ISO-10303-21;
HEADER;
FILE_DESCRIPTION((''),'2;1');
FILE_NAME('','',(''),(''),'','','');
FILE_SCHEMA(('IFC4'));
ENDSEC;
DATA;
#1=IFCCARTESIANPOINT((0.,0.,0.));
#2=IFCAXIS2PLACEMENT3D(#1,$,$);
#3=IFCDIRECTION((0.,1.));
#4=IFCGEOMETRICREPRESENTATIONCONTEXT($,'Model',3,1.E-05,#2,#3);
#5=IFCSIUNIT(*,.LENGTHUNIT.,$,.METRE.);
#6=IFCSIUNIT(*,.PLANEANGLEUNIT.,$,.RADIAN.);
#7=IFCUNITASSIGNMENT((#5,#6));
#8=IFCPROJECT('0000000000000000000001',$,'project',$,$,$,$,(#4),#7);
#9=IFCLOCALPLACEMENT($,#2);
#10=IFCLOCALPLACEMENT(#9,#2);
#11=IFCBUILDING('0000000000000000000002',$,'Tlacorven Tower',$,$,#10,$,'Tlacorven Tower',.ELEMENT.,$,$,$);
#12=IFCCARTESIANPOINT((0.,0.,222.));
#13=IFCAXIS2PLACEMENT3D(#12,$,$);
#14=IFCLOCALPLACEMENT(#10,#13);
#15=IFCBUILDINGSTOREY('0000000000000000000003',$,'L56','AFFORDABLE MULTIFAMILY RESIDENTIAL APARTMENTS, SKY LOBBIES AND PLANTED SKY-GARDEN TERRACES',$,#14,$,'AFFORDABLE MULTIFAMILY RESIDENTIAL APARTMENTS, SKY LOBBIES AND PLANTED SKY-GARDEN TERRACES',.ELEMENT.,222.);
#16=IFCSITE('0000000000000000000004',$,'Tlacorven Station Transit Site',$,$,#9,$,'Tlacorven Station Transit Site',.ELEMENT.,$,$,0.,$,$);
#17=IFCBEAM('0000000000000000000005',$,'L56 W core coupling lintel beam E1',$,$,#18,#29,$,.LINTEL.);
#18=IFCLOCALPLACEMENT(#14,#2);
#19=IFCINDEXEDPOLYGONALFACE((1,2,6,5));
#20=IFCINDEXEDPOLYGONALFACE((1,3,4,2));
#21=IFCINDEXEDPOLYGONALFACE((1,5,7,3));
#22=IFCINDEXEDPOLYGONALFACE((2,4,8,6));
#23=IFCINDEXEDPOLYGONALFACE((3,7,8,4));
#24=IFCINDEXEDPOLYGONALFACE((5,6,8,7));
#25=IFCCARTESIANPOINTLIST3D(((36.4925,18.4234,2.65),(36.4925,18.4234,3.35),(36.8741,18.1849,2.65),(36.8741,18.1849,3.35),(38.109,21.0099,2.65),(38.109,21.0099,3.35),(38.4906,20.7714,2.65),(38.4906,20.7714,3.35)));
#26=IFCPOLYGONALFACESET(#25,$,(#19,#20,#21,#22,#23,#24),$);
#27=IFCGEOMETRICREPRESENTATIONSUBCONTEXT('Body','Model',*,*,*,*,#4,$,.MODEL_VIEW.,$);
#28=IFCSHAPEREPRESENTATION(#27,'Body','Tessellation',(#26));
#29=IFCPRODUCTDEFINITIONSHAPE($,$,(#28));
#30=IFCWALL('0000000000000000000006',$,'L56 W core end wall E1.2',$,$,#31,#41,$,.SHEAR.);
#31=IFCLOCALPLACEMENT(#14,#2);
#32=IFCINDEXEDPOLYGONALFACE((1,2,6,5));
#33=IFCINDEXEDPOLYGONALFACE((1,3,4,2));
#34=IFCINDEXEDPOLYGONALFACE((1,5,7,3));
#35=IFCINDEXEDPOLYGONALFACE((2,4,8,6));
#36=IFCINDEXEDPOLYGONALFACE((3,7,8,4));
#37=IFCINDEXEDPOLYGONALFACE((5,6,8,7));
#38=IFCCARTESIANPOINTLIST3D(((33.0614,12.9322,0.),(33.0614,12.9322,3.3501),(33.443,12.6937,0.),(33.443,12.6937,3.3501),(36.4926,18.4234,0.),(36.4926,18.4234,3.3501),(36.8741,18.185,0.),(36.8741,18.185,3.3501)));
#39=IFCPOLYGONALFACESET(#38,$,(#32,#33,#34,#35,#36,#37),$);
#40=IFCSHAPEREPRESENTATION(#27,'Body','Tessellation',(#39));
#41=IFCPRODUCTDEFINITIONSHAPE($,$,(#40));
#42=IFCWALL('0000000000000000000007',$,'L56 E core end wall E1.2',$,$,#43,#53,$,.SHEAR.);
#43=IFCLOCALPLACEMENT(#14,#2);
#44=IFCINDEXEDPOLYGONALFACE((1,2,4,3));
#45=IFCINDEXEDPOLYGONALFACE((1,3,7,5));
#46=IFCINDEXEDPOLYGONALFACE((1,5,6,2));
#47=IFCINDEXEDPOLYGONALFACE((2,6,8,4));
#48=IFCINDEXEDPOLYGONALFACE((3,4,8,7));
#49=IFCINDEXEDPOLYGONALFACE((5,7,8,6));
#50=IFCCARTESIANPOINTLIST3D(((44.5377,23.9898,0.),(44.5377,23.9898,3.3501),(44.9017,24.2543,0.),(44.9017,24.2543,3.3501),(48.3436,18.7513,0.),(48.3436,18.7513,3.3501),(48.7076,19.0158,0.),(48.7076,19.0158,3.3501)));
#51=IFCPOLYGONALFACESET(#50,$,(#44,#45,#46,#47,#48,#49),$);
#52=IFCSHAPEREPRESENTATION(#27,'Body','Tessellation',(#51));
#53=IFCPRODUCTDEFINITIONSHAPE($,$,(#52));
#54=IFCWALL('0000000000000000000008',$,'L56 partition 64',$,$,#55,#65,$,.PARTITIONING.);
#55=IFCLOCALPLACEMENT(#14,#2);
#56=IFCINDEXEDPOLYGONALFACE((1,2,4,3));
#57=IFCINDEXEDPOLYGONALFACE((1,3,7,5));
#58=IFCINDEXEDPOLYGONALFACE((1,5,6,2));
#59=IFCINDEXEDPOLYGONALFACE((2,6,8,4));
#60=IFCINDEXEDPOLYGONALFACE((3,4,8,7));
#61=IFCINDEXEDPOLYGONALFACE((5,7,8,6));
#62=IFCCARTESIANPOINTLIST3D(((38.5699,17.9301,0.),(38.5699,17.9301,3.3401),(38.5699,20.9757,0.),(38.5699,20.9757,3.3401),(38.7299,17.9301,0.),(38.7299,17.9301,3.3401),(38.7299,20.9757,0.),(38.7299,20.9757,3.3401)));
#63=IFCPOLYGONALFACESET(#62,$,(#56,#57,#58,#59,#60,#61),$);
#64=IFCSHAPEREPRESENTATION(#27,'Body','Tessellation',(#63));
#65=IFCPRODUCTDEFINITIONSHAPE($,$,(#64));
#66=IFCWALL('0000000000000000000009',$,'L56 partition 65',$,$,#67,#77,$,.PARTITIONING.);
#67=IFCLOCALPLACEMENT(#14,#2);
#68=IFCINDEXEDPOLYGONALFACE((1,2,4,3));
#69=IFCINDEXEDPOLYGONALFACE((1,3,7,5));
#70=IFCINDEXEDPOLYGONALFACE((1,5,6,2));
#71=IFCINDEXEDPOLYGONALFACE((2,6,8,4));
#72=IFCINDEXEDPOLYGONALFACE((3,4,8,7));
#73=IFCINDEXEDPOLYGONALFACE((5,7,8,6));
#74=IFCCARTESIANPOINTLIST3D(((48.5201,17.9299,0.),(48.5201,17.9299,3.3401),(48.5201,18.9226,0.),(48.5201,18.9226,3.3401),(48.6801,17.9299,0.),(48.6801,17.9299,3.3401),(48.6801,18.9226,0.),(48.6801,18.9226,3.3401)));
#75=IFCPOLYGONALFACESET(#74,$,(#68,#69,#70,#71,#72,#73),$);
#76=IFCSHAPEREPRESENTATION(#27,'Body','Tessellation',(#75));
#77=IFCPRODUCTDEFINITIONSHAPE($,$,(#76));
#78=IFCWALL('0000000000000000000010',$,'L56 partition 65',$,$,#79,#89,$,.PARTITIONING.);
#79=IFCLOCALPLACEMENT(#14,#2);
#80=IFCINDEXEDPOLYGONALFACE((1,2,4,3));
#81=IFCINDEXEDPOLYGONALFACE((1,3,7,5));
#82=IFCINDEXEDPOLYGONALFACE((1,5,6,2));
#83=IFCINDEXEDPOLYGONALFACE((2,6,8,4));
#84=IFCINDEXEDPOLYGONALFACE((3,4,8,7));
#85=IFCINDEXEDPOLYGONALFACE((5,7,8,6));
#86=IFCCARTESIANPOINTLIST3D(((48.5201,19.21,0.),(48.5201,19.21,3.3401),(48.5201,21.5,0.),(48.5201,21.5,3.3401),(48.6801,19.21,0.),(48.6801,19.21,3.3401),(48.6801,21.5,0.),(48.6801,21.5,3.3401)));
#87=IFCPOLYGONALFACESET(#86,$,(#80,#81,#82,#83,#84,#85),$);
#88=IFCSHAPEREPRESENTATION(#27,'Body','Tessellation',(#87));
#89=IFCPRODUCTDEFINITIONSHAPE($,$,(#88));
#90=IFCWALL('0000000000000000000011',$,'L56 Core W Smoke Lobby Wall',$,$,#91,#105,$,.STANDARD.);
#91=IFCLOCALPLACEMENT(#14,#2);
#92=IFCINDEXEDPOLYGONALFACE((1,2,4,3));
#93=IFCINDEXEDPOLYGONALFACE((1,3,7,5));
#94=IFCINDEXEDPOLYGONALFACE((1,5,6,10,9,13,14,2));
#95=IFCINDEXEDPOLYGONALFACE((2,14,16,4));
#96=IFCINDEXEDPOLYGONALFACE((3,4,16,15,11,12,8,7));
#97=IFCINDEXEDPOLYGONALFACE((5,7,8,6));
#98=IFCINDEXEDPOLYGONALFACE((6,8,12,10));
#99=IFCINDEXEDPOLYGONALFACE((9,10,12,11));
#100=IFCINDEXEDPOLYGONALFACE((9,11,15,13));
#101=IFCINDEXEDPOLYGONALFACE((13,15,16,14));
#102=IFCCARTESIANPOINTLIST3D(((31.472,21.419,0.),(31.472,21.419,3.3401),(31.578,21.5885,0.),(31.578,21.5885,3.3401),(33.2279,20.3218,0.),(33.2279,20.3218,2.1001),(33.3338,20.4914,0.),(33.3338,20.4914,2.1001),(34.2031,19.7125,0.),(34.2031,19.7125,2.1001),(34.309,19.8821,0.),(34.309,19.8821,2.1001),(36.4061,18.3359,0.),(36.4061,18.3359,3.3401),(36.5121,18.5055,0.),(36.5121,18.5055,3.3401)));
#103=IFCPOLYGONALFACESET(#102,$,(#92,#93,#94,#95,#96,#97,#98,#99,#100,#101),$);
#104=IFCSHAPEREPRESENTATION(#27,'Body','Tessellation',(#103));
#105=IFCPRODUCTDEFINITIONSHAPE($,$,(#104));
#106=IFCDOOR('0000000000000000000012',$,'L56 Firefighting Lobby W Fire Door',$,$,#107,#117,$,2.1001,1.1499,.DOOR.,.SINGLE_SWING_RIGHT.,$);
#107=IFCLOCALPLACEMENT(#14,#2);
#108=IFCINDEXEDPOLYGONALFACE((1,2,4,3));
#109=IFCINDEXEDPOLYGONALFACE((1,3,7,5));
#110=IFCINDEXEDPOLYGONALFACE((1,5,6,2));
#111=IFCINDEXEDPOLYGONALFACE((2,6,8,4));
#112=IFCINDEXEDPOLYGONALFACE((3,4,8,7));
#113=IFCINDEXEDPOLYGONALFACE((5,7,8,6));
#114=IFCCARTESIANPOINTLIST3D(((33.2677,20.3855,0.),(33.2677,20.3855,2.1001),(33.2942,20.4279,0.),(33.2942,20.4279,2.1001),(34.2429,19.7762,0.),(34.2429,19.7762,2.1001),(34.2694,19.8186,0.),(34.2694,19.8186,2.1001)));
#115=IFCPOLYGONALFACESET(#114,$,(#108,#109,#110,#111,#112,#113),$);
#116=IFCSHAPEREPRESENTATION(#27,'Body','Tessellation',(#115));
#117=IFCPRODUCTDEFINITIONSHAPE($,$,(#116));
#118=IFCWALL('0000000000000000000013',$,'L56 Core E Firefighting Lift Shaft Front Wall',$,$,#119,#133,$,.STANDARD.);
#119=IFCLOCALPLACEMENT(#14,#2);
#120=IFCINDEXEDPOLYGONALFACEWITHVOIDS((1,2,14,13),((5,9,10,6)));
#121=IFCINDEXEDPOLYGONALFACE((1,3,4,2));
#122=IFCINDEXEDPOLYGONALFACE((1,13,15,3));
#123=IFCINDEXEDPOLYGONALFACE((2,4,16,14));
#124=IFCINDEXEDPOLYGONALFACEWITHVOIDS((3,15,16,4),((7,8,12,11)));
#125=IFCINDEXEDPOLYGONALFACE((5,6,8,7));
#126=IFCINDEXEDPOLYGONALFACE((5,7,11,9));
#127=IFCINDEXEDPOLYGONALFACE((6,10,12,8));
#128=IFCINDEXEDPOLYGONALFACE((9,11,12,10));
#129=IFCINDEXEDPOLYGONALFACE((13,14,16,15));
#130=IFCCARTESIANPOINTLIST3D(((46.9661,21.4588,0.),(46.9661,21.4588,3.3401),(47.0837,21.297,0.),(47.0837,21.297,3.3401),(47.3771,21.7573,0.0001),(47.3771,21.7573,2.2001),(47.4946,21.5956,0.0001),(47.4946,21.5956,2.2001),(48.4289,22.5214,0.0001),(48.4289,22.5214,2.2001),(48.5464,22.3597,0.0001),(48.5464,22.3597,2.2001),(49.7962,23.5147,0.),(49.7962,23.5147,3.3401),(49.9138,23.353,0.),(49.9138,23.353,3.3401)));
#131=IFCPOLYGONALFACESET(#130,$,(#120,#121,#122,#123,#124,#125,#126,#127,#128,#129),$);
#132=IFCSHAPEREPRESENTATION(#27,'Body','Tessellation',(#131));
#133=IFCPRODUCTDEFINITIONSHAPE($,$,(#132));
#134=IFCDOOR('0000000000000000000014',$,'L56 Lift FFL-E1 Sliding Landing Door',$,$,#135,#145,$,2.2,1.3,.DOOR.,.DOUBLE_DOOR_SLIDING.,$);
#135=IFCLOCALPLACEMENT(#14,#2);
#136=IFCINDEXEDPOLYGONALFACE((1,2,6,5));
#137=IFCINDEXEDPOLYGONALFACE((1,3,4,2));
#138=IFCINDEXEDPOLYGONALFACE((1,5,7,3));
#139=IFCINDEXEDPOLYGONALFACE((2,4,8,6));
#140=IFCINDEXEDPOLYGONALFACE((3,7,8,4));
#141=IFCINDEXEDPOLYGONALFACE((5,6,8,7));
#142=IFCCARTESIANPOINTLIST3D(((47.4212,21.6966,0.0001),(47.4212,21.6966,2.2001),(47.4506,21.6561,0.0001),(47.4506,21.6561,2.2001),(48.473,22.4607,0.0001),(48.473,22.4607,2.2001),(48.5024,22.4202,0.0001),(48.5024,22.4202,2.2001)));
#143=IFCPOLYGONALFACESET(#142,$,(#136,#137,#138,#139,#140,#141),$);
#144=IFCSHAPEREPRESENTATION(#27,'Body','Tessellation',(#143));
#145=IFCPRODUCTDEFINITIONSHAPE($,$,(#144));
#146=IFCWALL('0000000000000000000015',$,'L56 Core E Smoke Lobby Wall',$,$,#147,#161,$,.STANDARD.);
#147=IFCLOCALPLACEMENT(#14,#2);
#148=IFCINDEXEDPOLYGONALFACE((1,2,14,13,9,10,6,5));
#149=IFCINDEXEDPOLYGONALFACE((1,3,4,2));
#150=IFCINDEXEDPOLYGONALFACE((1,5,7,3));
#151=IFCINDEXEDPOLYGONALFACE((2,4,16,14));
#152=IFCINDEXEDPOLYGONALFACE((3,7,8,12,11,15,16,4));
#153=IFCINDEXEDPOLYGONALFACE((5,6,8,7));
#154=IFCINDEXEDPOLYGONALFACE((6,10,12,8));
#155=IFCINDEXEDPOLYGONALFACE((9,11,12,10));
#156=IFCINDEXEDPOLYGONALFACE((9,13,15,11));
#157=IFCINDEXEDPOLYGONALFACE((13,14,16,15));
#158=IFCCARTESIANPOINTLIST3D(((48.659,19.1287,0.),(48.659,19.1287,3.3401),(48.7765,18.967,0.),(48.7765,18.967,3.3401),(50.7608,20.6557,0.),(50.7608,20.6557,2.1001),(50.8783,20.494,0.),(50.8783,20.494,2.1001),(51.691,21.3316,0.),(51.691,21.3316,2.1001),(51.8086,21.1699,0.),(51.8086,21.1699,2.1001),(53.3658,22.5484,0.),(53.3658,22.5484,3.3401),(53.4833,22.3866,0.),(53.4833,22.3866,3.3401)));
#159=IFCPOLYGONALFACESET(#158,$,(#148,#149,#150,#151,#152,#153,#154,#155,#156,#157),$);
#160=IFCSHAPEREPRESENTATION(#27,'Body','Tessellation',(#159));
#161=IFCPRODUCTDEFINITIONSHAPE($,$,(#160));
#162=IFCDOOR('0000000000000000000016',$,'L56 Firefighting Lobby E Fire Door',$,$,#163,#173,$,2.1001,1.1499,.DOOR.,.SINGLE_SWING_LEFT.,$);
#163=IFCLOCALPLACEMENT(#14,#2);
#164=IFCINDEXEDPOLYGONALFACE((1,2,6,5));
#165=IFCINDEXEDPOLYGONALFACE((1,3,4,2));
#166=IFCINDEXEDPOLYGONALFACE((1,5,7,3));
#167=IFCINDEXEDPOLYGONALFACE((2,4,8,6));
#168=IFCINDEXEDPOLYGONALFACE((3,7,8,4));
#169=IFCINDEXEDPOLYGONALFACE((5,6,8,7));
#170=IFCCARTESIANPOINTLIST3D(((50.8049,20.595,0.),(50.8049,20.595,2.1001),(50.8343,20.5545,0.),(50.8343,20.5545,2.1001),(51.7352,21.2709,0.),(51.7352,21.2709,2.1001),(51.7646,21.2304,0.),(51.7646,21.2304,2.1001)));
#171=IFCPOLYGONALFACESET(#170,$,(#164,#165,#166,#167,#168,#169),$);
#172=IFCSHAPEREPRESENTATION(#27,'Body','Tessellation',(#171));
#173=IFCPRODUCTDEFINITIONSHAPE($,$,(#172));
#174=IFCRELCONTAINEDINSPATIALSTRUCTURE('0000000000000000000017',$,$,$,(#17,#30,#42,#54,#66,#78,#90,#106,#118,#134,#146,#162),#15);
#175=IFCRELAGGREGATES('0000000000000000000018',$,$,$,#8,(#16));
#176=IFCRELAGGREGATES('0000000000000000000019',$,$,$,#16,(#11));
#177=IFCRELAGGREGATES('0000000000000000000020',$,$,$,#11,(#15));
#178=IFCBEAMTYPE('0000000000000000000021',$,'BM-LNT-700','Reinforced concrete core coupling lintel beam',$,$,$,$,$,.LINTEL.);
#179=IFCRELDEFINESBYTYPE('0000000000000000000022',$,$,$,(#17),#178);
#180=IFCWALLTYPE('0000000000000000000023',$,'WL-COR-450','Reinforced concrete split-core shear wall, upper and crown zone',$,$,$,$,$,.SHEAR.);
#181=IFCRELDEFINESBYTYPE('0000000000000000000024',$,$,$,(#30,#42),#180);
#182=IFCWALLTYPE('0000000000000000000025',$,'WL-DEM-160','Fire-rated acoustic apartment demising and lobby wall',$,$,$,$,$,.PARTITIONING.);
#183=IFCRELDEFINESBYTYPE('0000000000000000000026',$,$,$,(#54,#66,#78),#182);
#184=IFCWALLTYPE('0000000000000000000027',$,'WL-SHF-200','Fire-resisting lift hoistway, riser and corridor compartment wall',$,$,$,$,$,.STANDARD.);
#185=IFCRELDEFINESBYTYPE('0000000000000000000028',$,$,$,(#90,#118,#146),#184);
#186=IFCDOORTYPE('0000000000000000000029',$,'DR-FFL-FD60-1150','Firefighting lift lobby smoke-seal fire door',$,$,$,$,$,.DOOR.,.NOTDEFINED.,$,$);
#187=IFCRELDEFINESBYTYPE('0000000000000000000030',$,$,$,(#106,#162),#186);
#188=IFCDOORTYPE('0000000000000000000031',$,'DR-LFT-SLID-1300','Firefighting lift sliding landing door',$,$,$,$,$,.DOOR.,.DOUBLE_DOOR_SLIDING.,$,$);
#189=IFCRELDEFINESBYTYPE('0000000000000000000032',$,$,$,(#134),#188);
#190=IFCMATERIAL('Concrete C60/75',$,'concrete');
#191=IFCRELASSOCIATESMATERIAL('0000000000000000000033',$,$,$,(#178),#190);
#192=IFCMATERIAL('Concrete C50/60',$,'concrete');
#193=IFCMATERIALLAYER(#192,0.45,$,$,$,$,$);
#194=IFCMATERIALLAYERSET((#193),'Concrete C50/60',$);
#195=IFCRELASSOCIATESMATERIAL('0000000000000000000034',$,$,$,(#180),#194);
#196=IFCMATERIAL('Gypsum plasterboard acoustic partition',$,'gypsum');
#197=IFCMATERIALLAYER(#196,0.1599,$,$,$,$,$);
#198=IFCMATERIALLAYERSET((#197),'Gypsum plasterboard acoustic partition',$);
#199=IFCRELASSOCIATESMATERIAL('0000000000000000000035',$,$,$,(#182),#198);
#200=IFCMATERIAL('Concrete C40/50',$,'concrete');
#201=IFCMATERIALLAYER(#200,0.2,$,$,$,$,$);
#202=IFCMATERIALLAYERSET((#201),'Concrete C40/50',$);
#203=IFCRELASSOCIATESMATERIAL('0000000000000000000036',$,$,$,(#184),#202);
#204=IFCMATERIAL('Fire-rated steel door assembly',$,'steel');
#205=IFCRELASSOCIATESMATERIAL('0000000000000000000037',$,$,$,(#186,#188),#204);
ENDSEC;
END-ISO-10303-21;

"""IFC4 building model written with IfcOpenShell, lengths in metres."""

from ifc_helpers import new_model, si_unit, direction, frame, frame_2d, origin, origin_2d, place, context, subcontext, project, spatial, rectangle, extrude, source, transform, mapped, material, layer, layer_set, material_profile, profile_set, type_object, element, fill, save


model = new_model("IFC4")

# Units and contexts
model_context = context("Model", 3, precision=1e-05, world=origin(), true_north=direction((0.0, 1.0)))
body_context = subcontext(model_context, "Body", "Model", "MODEL_VIEW")
ifc_project = project(units=[si_unit("LENGTHUNIT", "METRE"), si_unit("PLANEANGLEUNIT", "RADIAN")], contexts=[model_context])

# Site, building, storey
site_placement = place(None, origin())
site = spatial("IfcSite", under=ifc_project, at=site_placement, Name="Tlacorven Station Transit Site", LongName="Tlacorven Station Transit Site", CompositionType="ELEMENT", RefElevation=0.0)
building_placement = place(site_placement, origin())
building = spatial("IfcBuilding", under=site, at=building_placement, Name="Tlacorven Tower", LongName="Tlacorven Tower", CompositionType="ELEMENT")
storey_placement = place(building_placement, frame((0.0, 0.0, 222.0)))
storey = spatial("IfcBuildingStorey", under=building, at=storey_placement, Name="L56", Description="AFFORDABLE MULTIFAMILY RESIDENTIAL APARTMENTS, SKY LOBBIES AND PLANTED SKY-GARDEN TERRACES", LongName="AFFORDABLE MULTIFAMILY RESIDENTIAL APARTMENTS, SKY LOBBIES AND PLANTED SKY-GARDEN TERRACES", CompositionType="ELEMENT", Elevation=222.0)

# Beam
ifc_material_1 = material(Name="Concrete C60/75", Category="concrete")
ifc_material_profile = material_profile(ifc_material_1, rectangle(XDim=0.45, YDim=0.7, at=origin_2d()), Name="RC 450X700")
ifc_profile_set = profile_set([ifc_material_profile], Name="Concrete C60/75")
beam_type = type_object("IfcBeamType", Name="BM-LNT-700", Description="Reinforced concrete core coupling lintel beam", PredefinedType="LINTEL", material=ifc_profile_set)
shared_shape_1 = source(origin(), body_context, "Body", "SweptSolid", [
    extrude(rectangle(XDim=0.45, YDim=0.7, at=origin_2d()), origin(), (0.0, 0.0, 1.0), 3.05),
])
beam_placement = place(storey_placement, frame((38.2998, 20.8906, 3.0), z_axis=(-0.529985, -0.848007, 0.0), x_axis=(0.848007, -0.529985, 0.0)))
element("IfcBeam", 1, at=beam_placement, inside=storey, type_object=beam_type, Name="L56 W core coupling lintel beam E1", PredefinedType="LINTEL", context=body_context, shape_type="MappedRepresentation", body=[
    mapped(shared_shape_1, transform((0.0, 0.0, 0.0), scale=1.0)),
])

# Walls
ifc_material_2 = material(Name="Concrete C50/60", Category="concrete")
ifc_layer_1 = layer(ifc_material_2, 0.45)
ifc_layer_set_1 = layer_set([ifc_layer_1], Name="Concrete C50/60")
wall_type_1 = type_object("IfcWallType", Name="WL-COR-450", Description="Reinforced concrete split-core shear wall, upper and crown zone", PredefinedType="SHEAR", material=ifc_layer_set_1)
for number, where, z_axis, x_axis, name in (
    (2, (36.6833, 18.3042, 0.0), (0.0, 0.0, 1.0), (-0.529904, -0.848058, 0.0), "L56 W core end wall E1.2"),
    (3, (48.5256, 18.8835, 0.0), (0.0, 0.0, 1.0), (-0.587775, 0.809025, 0.0), "L56 E core end wall E1.2"),
):
    element("IfcWall", number, at=place(storey_placement, frame(where, z_axis=z_axis, x_axis=x_axis)), inside=storey, type_object=wall_type_1, Name=name, PredefinedType="SHEAR", context=body_context, shape_type="SweptSolid", body=[
        extrude(rectangle(XDim=6.4751, YDim=0.45, at=frame_2d((3.2375, 0.0))), origin(), (0.0, 0.0, 1.0), 3.3501),
    ])
ifc_material_3 = material(Name="Gypsum plasterboard acoustic partition", Category="gypsum")
ifc_layer_2 = layer(ifc_material_3, 0.1599)
ifc_layer_set_2 = layer_set([ifc_layer_2], Name="Gypsum plasterboard acoustic partition")
wall_type_2 = type_object("IfcWallType", Name="WL-DEM-160", Description="Fire-rated acoustic apartment demising and lobby wall", PredefinedType="PARTITIONING", material=ifc_layer_set_2)
wall_1_placement = place(storey_placement, frame((38.6499, 17.9299, 0.0), z_axis=(0.0, 0.0, 1.0), x_axis=(0.0, 1.0, 0.0)))
element("IfcWall", 4, at=wall_1_placement, inside=storey, type_object=wall_type_2, Name="L56 partition 64", PredefinedType="PARTITIONING", context=body_context, shape_type="SweptSolid", body=[
    extrude(rectangle(XDim=3.0457, YDim=0.1599, at=frame_2d((1.5229, 0.0))), origin(), (0.0, 0.0, 1.0), 3.3401),
])
wall_2_placement = place(storey_placement, frame((48.6001, 17.9299, 0.0), z_axis=(0.0, 0.0, 1.0), x_axis=(0.0, 1.0, 0.0)))
element("IfcWall", 5, at=wall_2_placement, inside=storey, type_object=wall_type_2, Name="L56 partition 65", PredefinedType="PARTITIONING", context=body_context, shape_type="SweptSolid", body=[
    extrude(rectangle(XDim=0.9927, YDim=0.1599, at=frame_2d((0.4963, 0.0))), origin(), (0.0, 0.0, 1.0), 3.3401),
])
wall_3_placement = place(storey_placement, frame((48.6001, 19.21, 0.0), z_axis=(0.0, 0.0, 1.0), x_axis=(0.0, 1.0, 0.0)))
element("IfcWall", 6, at=wall_3_placement, inside=storey, type_object=wall_type_2, Name="L56 partition 65", PredefinedType="PARTITIONING", context=body_context, shape_type="SweptSolid", body=[
    extrude(rectangle(XDim=2.29, YDim=0.1599, at=frame_2d((1.145, 0.0))), origin(), (0.0, 0.0, 1.0), 3.3401),
])

# Walls, openings, doors
ifc_material_4 = material(Name="Concrete C40/50", Category="concrete")
ifc_layer_3 = layer(ifc_material_4, 0.2)
ifc_layer_set_3 = layer_set([ifc_layer_3], Name="Concrete C40/50")
wall_type_3 = type_object("IfcWallType", Name="WL-SHF-200", Description="Fire-resisting lift hoistway, riser and corridor compartment wall", PredefinedType="STANDARD", material=ifc_layer_set_3)
wall_4_placement = place(storey_placement, frame((36.4592, 18.4207, 0.0), z_axis=(0.0, 0.0, 1.0), x_axis=(-0.84806, 0.529901, 0.0)))
wall_4 = element("IfcWall", 7, at=wall_4_placement, inside=storey, type_object=wall_type_3, Name="L56 Core W Smoke Lobby Wall", PredefinedType="STANDARD", context=body_context, shape_type="SweptSolid", body=[
    extrude(rectangle(XDim=5.8181, YDim=0.2, at=frame_2d((2.9092, 0.0))), origin(), (0.0, 0.0, 1.0), 3.3401),
])
opening_1_placement = place(wall_4_placement, frame((2.5979, 0.0, 0.0)))
opening_1 = element("IfcOpeningElement", 8, at=opening_1_placement, cuts=wall_4, PredefinedType="OPENING", context=body_context, shape_type="SweptSolid", body=[
    extrude(rectangle(XDim=1.1499, YDim=2.1001, at=frame_2d((0.575, 1.05))), frame((0.0, 0.1099, 0.0), z_axis=(0.0, -1.0, 0.0), x_axis=(1.0, 0.0, 0.0)), (0.0, 0.0, 1.0), 0.22),
])
ifc_material_5 = material(Name="Fire-rated steel door assembly", Category="steel")
door_type_1 = type_object("IfcDoorType", Name="DR-FFL-FD60-1150", Description="Firefighting lift lobby smoke-seal fire door", OperationType="NOTDEFINED", PredefinedType="DOOR", material=ifc_material_5)
shared_shape_2 = source(origin(), body_context, "Body", "SweptSolid", [
    extrude(rectangle(XDim=1.1499, YDim=2.1001, at=frame_2d((0.575, 1.05))), frame((0.0, 0.0249, 0.0), z_axis=(0.0, -1.0, 0.0), x_axis=(1.0, 0.0, 0.0)), (0.0, 0.0, 1.0), 0.05),
])
door_1_placement = place(opening_1_placement, origin())
door_1 = element("IfcDoor", 9, at=door_1_placement, inside=storey, type_object=door_type_1, Name="L56 Firefighting Lobby W Fire Door", OperationType="SINGLE_SWING_RIGHT", OverallHeight=2.1001, OverallWidth=1.1499, PredefinedType="DOOR", context=body_context, shape_type="MappedRepresentation", body=[
    mapped(shared_shape_2, transform((0.0, 0.0, 0.0), scale=1.0)),
])
fill(opening_1, door_1)
wall_5_placement = place(storey_placement, frame((47.0249, 21.3779, 0.0), z_axis=(0.0, 0.0, 1.0), x_axis=(0.809053, 0.587736, 0.0)))
wall_5 = element("IfcWall", 10, at=wall_5_placement, inside=storey, type_object=wall_type_3, Name="L56 Core E Firefighting Lift Shaft Front Wall", PredefinedType="STANDARD", context=body_context, shape_type="SweptSolid", body=[
    extrude(rectangle(XDim=3.498, YDim=0.2, at=frame_2d((1.749, 0.0))), origin(), (0.0, 0.0, 1.0), 3.3401),
])
opening_2_placement = place(wall_5_placement, frame((0.5081, 0.0, 0.0)))
opening_2 = element("IfcOpeningElement", 11, at=opening_2_placement, cuts=wall_5, PredefinedType="OPENING", context=body_context, shape_type="SweptSolid", body=[
    extrude(rectangle(XDim=1.3, YDim=2.2, at=frame_2d((0.6499, 1.1001))), frame((0.0, 0.1099, 0.0), z_axis=(0.0, -1.0, 0.0), x_axis=(1.0, 0.0, 0.0)), (0.0, 0.0, 1.0), 0.22),
])
door_type_2 = type_object("IfcDoorType", Name="DR-LFT-SLID-1300", Description="Firefighting lift sliding landing door", OperationType="DOUBLE_DOOR_SLIDING", PredefinedType="DOOR", material=ifc_material_5)
shared_shape_3 = source(origin(), body_context, "Body", "SweptSolid", [
    extrude(rectangle(XDim=1.3, YDim=2.2, at=frame_2d((0.6499, 1.1001))), frame((0.0, 0.0249, 0.0), z_axis=(0.0, -1.0, 0.0), x_axis=(1.0, 0.0, 0.0)), (0.0, 0.0, 1.0), 0.05),
])
door_2_placement = place(opening_2_placement, origin())
door_2 = element("IfcDoor", 12, at=door_2_placement, inside=storey, type_object=door_type_2, Name="L56 Lift FFL-E1 Sliding Landing Door", OperationType="DOUBLE_DOOR_SLIDING", OverallHeight=2.2, OverallWidth=1.3, PredefinedType="DOOR", context=body_context, shape_type="MappedRepresentation", body=[
    mapped(shared_shape_3, transform((0.0, 0.0, 0.0), scale=1.0)),
])
fill(opening_2, door_2)
wall_6_placement = place(storey_placement, frame((48.7178, 19.0479, 0.0), z_axis=(0.0, 0.0, 1.0), x_axis=(0.809017, 0.587785, 0.0)))
wall_6 = element("IfcWall", 13, at=wall_6_placement, inside=storey, type_object=wall_type_3, Name="L56 Core E Smoke Lobby Wall", PredefinedType="STANDARD", context=body_context, shape_type="SweptSolid", body=[
    extrude(rectangle(XDim=5.8179, YDim=0.2, at=frame_2d((2.9089, 0.0))), origin(), (0.0, 0.0, 1.0), 3.3401),
])
opening_3_placement = place(wall_6_placement, frame((2.5979, 0.0, 0.0)))
opening_3 = element("IfcOpeningElement", 14, at=opening_3_placement, cuts=wall_6, PredefinedType="OPENING", context=body_context, shape_type="SweptSolid", body=[
    extrude(rectangle(XDim=1.1499, YDim=2.1001, at=frame_2d((0.575, 1.05))), frame((0.0, 0.1099, 0.0), z_axis=(0.0, -1.0, 0.0), x_axis=(1.0, 0.0, 0.0)), (0.0, 0.0, 1.0), 0.22),
])
door_3_placement = place(opening_3_placement, origin())
door_3 = element("IfcDoor", 15, at=door_3_placement, inside=storey, type_object=door_type_1, Name="L56 Firefighting Lobby E Fire Door", OperationType="SINGLE_SWING_LEFT", OverallHeight=2.1001, OverallWidth=1.1499, PredefinedType="DOOR", context=body_context, shape_type="MappedRepresentation", body=[
    mapped(shared_shape_2, transform((0.0, 0.0, 0.0), scale=1.0)),
])
fill(opening_3, door_3)

save(model, "model.ifc")
